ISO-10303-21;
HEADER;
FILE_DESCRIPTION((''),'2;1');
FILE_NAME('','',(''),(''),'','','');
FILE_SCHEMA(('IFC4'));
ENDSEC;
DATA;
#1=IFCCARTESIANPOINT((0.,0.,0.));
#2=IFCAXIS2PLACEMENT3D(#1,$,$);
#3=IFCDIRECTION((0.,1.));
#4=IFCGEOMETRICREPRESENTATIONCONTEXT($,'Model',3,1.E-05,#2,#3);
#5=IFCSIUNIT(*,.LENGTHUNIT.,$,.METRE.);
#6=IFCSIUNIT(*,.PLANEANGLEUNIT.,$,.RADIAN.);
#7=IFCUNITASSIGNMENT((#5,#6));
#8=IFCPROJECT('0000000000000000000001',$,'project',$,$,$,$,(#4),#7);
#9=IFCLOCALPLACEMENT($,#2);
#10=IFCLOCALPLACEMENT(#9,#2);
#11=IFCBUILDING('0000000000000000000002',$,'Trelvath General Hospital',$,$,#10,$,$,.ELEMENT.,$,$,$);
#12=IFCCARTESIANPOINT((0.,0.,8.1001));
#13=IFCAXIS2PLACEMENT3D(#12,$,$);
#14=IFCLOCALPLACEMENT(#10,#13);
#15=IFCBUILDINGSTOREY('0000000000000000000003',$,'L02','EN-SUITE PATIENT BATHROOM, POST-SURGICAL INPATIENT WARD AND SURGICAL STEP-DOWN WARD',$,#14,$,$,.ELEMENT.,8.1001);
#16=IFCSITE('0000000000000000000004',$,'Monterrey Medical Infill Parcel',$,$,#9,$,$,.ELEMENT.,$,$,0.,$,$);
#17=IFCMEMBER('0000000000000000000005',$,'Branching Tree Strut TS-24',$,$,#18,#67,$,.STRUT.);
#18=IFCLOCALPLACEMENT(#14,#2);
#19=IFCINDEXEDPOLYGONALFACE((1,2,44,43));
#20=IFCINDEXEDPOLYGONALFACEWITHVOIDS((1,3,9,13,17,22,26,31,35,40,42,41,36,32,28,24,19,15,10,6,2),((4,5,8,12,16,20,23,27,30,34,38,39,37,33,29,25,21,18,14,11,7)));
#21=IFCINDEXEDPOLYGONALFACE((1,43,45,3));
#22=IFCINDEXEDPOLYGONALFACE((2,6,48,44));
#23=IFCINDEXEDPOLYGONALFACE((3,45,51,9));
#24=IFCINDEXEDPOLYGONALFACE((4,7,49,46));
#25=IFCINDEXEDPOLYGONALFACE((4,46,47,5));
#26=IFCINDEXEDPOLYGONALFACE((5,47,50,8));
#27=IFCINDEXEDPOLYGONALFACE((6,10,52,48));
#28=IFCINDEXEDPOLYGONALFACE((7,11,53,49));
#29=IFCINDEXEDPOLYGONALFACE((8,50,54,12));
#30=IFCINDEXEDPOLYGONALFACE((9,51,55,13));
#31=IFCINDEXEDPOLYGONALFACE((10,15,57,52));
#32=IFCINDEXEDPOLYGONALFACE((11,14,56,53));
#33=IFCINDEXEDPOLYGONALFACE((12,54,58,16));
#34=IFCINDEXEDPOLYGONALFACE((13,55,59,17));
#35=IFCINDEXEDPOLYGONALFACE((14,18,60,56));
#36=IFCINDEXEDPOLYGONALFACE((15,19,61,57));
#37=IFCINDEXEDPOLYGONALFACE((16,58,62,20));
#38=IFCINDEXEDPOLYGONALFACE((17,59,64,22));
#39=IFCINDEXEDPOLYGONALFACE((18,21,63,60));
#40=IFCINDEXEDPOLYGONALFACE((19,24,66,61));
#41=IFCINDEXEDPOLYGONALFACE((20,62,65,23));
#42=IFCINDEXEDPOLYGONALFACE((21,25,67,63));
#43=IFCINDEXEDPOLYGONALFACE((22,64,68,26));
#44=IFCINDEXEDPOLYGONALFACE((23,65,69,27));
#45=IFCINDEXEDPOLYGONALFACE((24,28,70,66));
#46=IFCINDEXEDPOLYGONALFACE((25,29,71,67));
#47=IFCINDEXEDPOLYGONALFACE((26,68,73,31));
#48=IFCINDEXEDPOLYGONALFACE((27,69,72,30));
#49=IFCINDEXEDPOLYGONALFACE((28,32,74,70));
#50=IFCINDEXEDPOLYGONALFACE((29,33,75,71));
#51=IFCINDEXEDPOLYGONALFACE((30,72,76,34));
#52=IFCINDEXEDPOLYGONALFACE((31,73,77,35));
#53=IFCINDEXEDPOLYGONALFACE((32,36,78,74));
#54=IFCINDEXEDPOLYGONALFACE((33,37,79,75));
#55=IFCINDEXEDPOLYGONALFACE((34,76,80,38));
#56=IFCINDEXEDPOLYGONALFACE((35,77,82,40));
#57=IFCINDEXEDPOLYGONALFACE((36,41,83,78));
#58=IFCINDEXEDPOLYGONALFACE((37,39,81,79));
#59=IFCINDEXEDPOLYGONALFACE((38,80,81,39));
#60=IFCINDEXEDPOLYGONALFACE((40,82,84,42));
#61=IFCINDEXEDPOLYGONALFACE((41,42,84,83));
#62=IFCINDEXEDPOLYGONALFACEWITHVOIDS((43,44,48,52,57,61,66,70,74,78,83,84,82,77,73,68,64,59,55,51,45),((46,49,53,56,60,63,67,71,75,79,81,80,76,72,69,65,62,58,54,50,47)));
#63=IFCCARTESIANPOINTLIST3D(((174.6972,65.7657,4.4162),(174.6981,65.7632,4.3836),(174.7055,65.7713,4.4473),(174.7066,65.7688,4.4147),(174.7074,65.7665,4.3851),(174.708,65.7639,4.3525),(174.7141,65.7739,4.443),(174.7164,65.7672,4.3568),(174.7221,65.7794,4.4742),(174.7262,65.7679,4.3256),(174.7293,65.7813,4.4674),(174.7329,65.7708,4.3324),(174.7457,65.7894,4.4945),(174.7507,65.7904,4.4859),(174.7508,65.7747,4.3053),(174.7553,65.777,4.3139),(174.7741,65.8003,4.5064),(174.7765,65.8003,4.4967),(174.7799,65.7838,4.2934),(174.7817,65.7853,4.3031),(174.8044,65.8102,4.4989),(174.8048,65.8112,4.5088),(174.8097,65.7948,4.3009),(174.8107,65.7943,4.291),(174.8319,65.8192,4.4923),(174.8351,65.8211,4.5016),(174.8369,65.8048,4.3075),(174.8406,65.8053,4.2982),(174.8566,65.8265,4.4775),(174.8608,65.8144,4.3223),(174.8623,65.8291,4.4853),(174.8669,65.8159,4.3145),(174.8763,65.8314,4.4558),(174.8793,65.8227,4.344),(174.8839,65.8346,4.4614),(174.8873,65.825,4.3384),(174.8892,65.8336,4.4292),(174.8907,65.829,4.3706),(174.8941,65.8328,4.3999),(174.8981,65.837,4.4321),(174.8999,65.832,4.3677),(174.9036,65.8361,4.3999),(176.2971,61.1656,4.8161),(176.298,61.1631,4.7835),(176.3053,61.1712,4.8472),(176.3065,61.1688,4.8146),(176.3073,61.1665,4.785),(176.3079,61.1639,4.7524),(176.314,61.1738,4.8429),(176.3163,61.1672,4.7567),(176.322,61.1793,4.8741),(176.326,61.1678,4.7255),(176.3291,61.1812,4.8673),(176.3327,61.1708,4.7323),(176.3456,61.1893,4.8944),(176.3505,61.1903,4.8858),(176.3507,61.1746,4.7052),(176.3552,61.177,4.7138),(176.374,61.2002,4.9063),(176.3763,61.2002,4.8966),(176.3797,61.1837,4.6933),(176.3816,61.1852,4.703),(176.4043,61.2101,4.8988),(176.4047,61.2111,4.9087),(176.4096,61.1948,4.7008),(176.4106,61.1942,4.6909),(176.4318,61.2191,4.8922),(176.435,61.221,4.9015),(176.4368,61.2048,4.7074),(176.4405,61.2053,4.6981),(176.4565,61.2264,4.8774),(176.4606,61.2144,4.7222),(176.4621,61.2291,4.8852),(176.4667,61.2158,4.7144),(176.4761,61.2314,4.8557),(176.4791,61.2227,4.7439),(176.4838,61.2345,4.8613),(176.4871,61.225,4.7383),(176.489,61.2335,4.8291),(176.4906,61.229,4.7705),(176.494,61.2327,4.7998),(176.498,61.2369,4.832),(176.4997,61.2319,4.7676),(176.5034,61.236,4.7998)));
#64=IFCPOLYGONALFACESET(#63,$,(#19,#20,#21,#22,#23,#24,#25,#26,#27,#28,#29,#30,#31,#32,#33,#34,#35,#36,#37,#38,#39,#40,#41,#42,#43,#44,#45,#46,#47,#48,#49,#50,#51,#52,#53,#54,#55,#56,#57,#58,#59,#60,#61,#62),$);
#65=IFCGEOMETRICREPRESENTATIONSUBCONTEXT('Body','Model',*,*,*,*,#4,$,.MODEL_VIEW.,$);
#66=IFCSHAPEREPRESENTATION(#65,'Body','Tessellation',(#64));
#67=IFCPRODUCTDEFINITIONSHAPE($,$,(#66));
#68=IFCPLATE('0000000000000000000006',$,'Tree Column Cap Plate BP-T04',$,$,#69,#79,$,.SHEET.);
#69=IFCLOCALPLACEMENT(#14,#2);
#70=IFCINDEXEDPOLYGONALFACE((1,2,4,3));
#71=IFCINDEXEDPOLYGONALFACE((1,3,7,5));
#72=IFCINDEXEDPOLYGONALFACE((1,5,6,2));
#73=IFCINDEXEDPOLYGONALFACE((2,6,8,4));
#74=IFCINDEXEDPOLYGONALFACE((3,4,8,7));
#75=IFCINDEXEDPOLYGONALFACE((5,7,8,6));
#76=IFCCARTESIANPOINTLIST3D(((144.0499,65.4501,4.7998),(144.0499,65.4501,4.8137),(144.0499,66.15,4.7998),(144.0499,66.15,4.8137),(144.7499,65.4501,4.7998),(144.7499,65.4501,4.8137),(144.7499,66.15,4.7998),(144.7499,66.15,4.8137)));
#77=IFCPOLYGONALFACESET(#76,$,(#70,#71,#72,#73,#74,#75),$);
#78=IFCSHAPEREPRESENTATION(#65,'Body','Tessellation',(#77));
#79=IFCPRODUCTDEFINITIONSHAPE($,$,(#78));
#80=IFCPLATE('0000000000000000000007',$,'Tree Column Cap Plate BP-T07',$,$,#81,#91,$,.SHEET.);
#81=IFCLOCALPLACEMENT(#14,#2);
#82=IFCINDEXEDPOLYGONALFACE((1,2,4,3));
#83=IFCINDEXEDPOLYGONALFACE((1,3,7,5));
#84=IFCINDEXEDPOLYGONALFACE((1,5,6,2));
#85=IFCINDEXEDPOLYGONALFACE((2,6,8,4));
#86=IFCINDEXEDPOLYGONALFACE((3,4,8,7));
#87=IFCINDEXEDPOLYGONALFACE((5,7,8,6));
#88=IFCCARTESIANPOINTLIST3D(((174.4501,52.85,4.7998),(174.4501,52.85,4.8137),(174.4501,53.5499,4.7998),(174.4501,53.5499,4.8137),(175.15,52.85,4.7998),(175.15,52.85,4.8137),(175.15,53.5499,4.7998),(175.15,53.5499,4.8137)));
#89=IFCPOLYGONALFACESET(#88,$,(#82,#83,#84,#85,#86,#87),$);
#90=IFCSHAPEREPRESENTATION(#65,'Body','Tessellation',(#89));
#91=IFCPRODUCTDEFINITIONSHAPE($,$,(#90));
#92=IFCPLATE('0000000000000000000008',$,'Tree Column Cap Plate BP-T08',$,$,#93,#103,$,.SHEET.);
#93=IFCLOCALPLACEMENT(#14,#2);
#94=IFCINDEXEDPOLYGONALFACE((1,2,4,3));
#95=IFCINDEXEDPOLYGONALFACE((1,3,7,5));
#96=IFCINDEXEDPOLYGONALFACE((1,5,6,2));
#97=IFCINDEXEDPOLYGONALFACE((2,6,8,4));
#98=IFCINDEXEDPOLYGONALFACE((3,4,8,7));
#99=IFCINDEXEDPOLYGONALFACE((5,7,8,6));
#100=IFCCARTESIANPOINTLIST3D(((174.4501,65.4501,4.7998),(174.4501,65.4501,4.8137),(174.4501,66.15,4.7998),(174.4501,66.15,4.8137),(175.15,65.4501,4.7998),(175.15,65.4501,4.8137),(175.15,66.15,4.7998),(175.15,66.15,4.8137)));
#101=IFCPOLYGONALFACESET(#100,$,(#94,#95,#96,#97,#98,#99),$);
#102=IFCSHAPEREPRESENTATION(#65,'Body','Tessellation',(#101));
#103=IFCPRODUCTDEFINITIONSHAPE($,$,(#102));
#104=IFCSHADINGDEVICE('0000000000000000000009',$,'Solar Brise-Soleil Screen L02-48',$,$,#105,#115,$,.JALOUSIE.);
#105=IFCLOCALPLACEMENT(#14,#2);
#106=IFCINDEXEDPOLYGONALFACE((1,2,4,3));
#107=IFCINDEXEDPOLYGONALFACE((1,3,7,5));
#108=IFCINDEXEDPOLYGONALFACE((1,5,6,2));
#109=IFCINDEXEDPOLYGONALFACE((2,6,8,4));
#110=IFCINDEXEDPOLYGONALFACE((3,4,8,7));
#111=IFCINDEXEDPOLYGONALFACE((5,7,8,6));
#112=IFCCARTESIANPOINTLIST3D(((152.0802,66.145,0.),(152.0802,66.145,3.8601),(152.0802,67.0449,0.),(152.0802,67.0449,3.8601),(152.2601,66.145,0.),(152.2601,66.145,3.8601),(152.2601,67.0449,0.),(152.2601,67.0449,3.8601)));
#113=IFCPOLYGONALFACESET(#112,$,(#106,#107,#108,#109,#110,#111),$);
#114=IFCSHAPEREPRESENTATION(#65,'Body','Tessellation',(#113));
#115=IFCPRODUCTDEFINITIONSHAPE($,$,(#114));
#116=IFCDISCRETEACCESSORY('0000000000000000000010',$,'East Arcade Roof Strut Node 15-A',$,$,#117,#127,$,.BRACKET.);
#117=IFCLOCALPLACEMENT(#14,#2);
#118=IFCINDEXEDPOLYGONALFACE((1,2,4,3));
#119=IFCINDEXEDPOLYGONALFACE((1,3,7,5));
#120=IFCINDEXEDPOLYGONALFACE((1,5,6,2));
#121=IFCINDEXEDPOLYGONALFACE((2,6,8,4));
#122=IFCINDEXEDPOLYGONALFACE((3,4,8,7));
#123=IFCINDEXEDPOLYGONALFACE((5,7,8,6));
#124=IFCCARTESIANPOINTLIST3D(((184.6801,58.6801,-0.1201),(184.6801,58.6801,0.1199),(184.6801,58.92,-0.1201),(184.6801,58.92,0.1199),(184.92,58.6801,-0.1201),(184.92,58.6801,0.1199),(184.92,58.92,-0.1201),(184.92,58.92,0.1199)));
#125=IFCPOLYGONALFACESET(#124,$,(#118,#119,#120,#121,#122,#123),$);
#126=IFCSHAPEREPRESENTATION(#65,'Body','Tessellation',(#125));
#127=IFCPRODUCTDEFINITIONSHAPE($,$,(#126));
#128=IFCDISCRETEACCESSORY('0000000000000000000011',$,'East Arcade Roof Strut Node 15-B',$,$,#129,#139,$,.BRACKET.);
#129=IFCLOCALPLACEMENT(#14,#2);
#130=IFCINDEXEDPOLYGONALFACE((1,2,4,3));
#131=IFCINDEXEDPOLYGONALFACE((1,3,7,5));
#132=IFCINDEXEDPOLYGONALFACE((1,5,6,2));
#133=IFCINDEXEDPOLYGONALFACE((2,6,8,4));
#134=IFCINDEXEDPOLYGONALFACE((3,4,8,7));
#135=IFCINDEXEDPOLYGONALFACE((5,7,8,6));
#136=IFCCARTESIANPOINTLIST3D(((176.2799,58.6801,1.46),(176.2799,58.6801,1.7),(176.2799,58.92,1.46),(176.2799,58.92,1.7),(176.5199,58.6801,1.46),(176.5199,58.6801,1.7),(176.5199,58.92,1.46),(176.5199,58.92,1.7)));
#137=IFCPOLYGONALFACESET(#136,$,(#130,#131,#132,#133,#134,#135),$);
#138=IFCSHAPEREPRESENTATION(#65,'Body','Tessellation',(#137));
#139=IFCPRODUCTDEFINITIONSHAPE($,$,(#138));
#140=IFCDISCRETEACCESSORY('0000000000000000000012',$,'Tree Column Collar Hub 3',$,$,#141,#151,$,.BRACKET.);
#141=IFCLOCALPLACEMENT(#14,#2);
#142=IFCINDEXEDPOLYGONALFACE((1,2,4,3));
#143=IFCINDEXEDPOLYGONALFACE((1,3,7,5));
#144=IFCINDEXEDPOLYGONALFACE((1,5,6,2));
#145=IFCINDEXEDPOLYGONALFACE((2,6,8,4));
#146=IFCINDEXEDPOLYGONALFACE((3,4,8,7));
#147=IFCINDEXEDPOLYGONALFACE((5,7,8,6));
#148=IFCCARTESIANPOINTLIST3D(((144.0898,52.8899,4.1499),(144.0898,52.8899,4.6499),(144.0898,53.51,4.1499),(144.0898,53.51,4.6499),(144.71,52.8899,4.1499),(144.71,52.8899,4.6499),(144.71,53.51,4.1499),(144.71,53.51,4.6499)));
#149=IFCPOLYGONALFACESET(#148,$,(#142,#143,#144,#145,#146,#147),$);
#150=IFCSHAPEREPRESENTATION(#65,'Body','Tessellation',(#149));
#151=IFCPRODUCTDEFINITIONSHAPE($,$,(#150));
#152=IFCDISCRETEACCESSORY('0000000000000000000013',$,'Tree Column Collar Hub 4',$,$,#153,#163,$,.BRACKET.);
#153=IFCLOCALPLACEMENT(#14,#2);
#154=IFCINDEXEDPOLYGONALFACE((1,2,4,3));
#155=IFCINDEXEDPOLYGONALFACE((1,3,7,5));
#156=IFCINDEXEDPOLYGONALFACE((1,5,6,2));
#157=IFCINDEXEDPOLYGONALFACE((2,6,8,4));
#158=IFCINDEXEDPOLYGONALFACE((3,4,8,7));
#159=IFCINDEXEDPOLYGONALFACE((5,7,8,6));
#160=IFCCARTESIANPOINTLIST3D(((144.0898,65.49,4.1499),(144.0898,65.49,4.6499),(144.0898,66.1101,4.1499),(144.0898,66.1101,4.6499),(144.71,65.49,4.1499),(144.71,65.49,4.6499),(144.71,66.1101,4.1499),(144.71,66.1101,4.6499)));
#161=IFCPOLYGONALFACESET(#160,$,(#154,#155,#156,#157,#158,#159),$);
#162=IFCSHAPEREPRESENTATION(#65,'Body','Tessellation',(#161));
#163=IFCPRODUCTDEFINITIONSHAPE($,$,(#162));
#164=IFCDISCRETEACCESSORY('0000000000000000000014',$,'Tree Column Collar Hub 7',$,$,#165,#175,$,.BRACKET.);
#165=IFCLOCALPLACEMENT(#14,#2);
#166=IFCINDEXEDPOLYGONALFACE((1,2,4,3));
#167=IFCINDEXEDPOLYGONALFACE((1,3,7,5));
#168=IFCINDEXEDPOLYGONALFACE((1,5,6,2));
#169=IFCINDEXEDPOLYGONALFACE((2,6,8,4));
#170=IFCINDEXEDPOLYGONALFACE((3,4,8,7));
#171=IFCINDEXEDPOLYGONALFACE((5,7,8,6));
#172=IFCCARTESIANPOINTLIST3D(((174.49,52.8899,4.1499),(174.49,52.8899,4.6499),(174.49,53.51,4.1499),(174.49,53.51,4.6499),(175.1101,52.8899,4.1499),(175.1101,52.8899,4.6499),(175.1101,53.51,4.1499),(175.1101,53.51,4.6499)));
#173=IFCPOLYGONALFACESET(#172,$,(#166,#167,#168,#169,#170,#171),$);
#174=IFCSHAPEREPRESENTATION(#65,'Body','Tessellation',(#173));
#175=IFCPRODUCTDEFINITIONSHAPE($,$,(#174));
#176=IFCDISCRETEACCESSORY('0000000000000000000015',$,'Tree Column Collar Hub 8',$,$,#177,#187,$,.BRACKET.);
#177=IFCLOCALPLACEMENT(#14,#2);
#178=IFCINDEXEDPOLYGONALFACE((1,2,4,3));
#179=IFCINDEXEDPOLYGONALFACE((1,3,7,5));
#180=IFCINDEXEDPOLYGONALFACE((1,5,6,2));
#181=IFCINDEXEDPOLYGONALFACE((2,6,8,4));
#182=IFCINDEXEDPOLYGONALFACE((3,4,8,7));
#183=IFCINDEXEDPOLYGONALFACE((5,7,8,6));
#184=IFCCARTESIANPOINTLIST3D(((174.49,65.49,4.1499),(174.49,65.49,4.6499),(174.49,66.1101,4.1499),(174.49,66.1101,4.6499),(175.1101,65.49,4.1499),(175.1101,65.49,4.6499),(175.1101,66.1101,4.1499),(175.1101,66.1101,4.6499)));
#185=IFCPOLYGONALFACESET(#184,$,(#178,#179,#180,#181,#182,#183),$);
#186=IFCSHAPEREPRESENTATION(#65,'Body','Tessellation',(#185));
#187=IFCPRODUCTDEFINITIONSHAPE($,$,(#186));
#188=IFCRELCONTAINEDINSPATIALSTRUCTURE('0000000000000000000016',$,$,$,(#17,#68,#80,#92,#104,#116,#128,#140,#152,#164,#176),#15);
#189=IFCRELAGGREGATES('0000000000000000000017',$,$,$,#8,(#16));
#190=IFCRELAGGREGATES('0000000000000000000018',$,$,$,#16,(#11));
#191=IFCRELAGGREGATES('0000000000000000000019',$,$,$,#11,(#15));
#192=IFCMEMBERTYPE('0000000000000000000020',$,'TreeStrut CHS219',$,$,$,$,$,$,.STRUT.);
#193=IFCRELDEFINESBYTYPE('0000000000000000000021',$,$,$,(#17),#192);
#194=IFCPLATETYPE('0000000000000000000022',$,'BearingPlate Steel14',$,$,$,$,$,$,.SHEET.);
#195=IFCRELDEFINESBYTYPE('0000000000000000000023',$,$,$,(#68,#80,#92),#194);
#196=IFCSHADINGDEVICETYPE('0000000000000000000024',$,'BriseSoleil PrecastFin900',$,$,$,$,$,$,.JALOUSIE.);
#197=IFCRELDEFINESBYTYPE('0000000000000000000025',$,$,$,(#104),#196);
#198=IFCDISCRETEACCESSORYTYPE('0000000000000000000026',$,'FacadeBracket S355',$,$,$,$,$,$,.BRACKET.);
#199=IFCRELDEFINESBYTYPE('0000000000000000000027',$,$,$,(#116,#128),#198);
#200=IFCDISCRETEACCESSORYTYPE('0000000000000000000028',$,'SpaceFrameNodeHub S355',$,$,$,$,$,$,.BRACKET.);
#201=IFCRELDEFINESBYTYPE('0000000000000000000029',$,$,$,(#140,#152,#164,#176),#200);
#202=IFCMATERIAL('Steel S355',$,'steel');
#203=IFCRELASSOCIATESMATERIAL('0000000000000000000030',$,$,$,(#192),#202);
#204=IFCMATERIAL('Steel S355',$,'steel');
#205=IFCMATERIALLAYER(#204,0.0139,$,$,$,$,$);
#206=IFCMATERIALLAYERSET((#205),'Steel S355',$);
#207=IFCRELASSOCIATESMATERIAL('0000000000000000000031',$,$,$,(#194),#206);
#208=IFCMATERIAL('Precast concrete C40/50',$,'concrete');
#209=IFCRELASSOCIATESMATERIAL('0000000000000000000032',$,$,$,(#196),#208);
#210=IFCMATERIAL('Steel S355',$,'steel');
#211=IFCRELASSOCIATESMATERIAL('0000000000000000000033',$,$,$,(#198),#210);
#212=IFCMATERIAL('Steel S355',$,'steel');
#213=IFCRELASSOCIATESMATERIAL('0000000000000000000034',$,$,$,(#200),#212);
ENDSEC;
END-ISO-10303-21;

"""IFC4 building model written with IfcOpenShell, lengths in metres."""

from ifc_helpers import new_model, si_unit, direction, frame, origin, origin_2d, place, context, subcontext, project, spatial, rectangle, hollow_circle, extrude, material, layer, layer_set, material_profile, profile_set, type_object, element, save


model = new_model("IFC4")

# Units and contexts
model_context = context("Model", 3, precision=1e-05, world=origin(), true_north=direction((0.0, 1.0)))
body_context = subcontext(model_context, "Body", "Model", "MODEL_VIEW")
ifc_project = project(units=[si_unit("LENGTHUNIT", "METRE"), si_unit("PLANEANGLEUNIT", "RADIAN")], contexts=[model_context])

# Site, building, storey
site_placement = place(None, origin())
site = spatial("IfcSite", under=ifc_project, at=site_placement, Name="Monterrey Medical Infill Parcel", CompositionType="ELEMENT", RefElevation=0.0)
building_placement = place(site_placement, origin())
building = spatial("IfcBuilding", under=site, at=building_placement, Name="Trelvath General Hospital", CompositionType="ELEMENT")
storey_placement = place(building_placement, frame((0.0, 0.0, 8.1001)))
storey = spatial("IfcBuildingStorey", under=building, at=storey_placement, Name="L02", Description="EN-SUITE PATIENT BATHROOM, POST-SURGICAL INPATIENT WARD AND SURGICAL STEP-DOWN WARD", CompositionType="ELEMENT", Elevation=8.1001)

# Member
ifc_material_1 = material(Name="Steel S355", Category="steel")
ifc_material_profile_1 = material_profile(ifc_material_1, hollow_circle(Radius=0.1096, WallThickness=0.01, at=origin_2d()), Name="CHS219.1x10.0")
ifc_profile_set_1 = profile_set([ifc_material_profile_1], Name="Steel S355")
member_type_1 = type_object("IfcMemberType", Name="TreeStrut CHS219", PredefinedType="STRUT", material=ifc_profile_set_1)
member_1_placement = place(storey_placement, frame((174.8, 65.8, 4.3999), z_axis=(0.327386, -0.94134, 0.081834), x_axis=(0.944508, 0.328488, 0.0)))
element("IfcMember", 1, at=member_1_placement, inside=storey, type_object=member_type_1, Name="Branching Tree Strut TS-24", PredefinedType="STRUT", context=body_context, shape_type="SweptSolid", body=[
    extrude(hollow_circle(Radius=0.1096, WallThickness=0.01, at=origin_2d()), origin(), (0.0, 0.0, 1.0), 4.8867),
])

# Plates
ifc_material_2 = material(Name="Steel S355", Category="steel")
ifc_layer = layer(ifc_material_2, 0.0139)
ifc_layer_set = layer_set([ifc_layer], Name="Steel S355")
plate_type = type_object("IfcPlateType", Name="BearingPlate Steel14", PredefinedType="SHEET", material=ifc_layer_set)
for number, where, z_axis, x_axis, name in (
    (2, (144.3999, 65.8, 4.7998), (0.0, 0.0, 1.0), (1.0, 0.0, 0.0), "Tree Column Cap Plate BP-T04"),
    (3, (174.8, 53.2, 4.7998), (0.0, 0.0, 1.0), (1.0, 0.0, 0.0), "Tree Column Cap Plate BP-T07"),
    (4, (174.8, 65.8, 4.7998), (0.0, 0.0, 1.0), (1.0, 0.0, 0.0), "Tree Column Cap Plate BP-T08"),
):
    element("IfcPlate", number, at=place(storey_placement, frame(where, z_axis=z_axis, x_axis=x_axis)), inside=storey, type_object=plate_type, Name=name, PredefinedType="SHEET", context=body_context, shape_type="SweptSolid", body=[
        extrude(rectangle(XDim=0.7, YDim=0.7, at=origin_2d()), origin(), (0.0, 0.0, 1.0), 0.0139),
    ])

# Shading device
ifc_material_3 = material(Name="Precast concrete C40/50", Category="concrete")
shading_device_type = type_object("IfcShadingDeviceType", Name="BriseSoleil PrecastFin900", PredefinedType="JALOUSIE", material=ifc_material_3)
shading_device_placement = place(storey_placement, frame((152.1702, 66.595, 0.0), z_axis=(0.0, 0.0, 1.0), x_axis=(0.0, -1.0, 0.0)))
element("IfcShadingDevice", 5, at=shading_device_placement, inside=storey, type_object=shading_device_type, Name="Solar Brise-Soleil Screen L02-48", PredefinedType="JALOUSIE", context=body_context, shape_type="SweptSolid", body=[
    extrude(rectangle(XDim=0.8999, YDim=0.1799, at=origin_2d()), origin(), (0.0, 0.0, 1.0), 3.8601),
])

# Discrete accessories
ifc_material_4 = material(Name="Steel S355", Category="steel")
discrete_accessory_type_1 = type_object("IfcDiscreteAccessoryType", Name="FacadeBracket S355", PredefinedType="BRACKET", material=ifc_material_4)
for number, where, z_axis, x_axis, name in (
    (6, (184.8, 58.8, -0.1201), (0.0, 0.0, 1.0), (1.0, 0.0, 0.0), "East Arcade Roof Strut Node 15-A"),
    (7, (176.3999, 58.8, 1.46), (0.0, 0.0, 1.0), (1.0, 0.0, 0.0), "East Arcade Roof Strut Node 15-B"),
):
    element("IfcDiscreteAccessory", number, at=place(storey_placement, frame(where, z_axis=z_axis, x_axis=x_axis)), inside=storey, type_object=discrete_accessory_type_1, Name=name, PredefinedType="BRACKET", context=body_context, shape_type="SweptSolid", body=[
        extrude(rectangle(XDim=0.24, YDim=0.24, at=origin_2d()), origin(), (0.0, 0.0, 1.0), 0.24),
    ])
ifc_material_5 = material(Name="Steel S355", Category="steel")
discrete_accessory_type_2 = type_object("IfcDiscreteAccessoryType", Name="SpaceFrameNodeHub S355", PredefinedType="BRACKET", material=ifc_material_5)
for number, where, z_axis, x_axis, name in (
    (8, (144.3999, 53.2, 4.1499), (0.0, 0.0, 1.0), (1.0, 0.0, 0.0), "Tree Column Collar Hub 3"),
    (9, (144.3999, 65.8, 4.1499), (0.0, 0.0, 1.0), (1.0, 0.0, 0.0), "Tree Column Collar Hub 4"),
    (10, (174.8, 53.2, 4.1499), (0.0, 0.0, 1.0), (1.0, 0.0, 0.0), "Tree Column Collar Hub 7"),
    (11, (174.8, 65.8, 4.1499), (0.0, 0.0, 1.0), (1.0, 0.0, 0.0), "Tree Column Collar Hub 8"),
):
    element("IfcDiscreteAccessory", number, at=place(storey_placement, frame(where, z_axis=z_axis, x_axis=x_axis)), inside=storey, type_object=discrete_accessory_type_2, Name=name, PredefinedType="BRACKET", context=body_context, shape_type="SweptSolid", body=[
        extrude(rectangle(XDim=0.6201, YDim=0.6201, at=origin_2d()), origin(), (0.0, 0.0, 1.0), 0.5),
    ])

save(model, "model.ifc")
